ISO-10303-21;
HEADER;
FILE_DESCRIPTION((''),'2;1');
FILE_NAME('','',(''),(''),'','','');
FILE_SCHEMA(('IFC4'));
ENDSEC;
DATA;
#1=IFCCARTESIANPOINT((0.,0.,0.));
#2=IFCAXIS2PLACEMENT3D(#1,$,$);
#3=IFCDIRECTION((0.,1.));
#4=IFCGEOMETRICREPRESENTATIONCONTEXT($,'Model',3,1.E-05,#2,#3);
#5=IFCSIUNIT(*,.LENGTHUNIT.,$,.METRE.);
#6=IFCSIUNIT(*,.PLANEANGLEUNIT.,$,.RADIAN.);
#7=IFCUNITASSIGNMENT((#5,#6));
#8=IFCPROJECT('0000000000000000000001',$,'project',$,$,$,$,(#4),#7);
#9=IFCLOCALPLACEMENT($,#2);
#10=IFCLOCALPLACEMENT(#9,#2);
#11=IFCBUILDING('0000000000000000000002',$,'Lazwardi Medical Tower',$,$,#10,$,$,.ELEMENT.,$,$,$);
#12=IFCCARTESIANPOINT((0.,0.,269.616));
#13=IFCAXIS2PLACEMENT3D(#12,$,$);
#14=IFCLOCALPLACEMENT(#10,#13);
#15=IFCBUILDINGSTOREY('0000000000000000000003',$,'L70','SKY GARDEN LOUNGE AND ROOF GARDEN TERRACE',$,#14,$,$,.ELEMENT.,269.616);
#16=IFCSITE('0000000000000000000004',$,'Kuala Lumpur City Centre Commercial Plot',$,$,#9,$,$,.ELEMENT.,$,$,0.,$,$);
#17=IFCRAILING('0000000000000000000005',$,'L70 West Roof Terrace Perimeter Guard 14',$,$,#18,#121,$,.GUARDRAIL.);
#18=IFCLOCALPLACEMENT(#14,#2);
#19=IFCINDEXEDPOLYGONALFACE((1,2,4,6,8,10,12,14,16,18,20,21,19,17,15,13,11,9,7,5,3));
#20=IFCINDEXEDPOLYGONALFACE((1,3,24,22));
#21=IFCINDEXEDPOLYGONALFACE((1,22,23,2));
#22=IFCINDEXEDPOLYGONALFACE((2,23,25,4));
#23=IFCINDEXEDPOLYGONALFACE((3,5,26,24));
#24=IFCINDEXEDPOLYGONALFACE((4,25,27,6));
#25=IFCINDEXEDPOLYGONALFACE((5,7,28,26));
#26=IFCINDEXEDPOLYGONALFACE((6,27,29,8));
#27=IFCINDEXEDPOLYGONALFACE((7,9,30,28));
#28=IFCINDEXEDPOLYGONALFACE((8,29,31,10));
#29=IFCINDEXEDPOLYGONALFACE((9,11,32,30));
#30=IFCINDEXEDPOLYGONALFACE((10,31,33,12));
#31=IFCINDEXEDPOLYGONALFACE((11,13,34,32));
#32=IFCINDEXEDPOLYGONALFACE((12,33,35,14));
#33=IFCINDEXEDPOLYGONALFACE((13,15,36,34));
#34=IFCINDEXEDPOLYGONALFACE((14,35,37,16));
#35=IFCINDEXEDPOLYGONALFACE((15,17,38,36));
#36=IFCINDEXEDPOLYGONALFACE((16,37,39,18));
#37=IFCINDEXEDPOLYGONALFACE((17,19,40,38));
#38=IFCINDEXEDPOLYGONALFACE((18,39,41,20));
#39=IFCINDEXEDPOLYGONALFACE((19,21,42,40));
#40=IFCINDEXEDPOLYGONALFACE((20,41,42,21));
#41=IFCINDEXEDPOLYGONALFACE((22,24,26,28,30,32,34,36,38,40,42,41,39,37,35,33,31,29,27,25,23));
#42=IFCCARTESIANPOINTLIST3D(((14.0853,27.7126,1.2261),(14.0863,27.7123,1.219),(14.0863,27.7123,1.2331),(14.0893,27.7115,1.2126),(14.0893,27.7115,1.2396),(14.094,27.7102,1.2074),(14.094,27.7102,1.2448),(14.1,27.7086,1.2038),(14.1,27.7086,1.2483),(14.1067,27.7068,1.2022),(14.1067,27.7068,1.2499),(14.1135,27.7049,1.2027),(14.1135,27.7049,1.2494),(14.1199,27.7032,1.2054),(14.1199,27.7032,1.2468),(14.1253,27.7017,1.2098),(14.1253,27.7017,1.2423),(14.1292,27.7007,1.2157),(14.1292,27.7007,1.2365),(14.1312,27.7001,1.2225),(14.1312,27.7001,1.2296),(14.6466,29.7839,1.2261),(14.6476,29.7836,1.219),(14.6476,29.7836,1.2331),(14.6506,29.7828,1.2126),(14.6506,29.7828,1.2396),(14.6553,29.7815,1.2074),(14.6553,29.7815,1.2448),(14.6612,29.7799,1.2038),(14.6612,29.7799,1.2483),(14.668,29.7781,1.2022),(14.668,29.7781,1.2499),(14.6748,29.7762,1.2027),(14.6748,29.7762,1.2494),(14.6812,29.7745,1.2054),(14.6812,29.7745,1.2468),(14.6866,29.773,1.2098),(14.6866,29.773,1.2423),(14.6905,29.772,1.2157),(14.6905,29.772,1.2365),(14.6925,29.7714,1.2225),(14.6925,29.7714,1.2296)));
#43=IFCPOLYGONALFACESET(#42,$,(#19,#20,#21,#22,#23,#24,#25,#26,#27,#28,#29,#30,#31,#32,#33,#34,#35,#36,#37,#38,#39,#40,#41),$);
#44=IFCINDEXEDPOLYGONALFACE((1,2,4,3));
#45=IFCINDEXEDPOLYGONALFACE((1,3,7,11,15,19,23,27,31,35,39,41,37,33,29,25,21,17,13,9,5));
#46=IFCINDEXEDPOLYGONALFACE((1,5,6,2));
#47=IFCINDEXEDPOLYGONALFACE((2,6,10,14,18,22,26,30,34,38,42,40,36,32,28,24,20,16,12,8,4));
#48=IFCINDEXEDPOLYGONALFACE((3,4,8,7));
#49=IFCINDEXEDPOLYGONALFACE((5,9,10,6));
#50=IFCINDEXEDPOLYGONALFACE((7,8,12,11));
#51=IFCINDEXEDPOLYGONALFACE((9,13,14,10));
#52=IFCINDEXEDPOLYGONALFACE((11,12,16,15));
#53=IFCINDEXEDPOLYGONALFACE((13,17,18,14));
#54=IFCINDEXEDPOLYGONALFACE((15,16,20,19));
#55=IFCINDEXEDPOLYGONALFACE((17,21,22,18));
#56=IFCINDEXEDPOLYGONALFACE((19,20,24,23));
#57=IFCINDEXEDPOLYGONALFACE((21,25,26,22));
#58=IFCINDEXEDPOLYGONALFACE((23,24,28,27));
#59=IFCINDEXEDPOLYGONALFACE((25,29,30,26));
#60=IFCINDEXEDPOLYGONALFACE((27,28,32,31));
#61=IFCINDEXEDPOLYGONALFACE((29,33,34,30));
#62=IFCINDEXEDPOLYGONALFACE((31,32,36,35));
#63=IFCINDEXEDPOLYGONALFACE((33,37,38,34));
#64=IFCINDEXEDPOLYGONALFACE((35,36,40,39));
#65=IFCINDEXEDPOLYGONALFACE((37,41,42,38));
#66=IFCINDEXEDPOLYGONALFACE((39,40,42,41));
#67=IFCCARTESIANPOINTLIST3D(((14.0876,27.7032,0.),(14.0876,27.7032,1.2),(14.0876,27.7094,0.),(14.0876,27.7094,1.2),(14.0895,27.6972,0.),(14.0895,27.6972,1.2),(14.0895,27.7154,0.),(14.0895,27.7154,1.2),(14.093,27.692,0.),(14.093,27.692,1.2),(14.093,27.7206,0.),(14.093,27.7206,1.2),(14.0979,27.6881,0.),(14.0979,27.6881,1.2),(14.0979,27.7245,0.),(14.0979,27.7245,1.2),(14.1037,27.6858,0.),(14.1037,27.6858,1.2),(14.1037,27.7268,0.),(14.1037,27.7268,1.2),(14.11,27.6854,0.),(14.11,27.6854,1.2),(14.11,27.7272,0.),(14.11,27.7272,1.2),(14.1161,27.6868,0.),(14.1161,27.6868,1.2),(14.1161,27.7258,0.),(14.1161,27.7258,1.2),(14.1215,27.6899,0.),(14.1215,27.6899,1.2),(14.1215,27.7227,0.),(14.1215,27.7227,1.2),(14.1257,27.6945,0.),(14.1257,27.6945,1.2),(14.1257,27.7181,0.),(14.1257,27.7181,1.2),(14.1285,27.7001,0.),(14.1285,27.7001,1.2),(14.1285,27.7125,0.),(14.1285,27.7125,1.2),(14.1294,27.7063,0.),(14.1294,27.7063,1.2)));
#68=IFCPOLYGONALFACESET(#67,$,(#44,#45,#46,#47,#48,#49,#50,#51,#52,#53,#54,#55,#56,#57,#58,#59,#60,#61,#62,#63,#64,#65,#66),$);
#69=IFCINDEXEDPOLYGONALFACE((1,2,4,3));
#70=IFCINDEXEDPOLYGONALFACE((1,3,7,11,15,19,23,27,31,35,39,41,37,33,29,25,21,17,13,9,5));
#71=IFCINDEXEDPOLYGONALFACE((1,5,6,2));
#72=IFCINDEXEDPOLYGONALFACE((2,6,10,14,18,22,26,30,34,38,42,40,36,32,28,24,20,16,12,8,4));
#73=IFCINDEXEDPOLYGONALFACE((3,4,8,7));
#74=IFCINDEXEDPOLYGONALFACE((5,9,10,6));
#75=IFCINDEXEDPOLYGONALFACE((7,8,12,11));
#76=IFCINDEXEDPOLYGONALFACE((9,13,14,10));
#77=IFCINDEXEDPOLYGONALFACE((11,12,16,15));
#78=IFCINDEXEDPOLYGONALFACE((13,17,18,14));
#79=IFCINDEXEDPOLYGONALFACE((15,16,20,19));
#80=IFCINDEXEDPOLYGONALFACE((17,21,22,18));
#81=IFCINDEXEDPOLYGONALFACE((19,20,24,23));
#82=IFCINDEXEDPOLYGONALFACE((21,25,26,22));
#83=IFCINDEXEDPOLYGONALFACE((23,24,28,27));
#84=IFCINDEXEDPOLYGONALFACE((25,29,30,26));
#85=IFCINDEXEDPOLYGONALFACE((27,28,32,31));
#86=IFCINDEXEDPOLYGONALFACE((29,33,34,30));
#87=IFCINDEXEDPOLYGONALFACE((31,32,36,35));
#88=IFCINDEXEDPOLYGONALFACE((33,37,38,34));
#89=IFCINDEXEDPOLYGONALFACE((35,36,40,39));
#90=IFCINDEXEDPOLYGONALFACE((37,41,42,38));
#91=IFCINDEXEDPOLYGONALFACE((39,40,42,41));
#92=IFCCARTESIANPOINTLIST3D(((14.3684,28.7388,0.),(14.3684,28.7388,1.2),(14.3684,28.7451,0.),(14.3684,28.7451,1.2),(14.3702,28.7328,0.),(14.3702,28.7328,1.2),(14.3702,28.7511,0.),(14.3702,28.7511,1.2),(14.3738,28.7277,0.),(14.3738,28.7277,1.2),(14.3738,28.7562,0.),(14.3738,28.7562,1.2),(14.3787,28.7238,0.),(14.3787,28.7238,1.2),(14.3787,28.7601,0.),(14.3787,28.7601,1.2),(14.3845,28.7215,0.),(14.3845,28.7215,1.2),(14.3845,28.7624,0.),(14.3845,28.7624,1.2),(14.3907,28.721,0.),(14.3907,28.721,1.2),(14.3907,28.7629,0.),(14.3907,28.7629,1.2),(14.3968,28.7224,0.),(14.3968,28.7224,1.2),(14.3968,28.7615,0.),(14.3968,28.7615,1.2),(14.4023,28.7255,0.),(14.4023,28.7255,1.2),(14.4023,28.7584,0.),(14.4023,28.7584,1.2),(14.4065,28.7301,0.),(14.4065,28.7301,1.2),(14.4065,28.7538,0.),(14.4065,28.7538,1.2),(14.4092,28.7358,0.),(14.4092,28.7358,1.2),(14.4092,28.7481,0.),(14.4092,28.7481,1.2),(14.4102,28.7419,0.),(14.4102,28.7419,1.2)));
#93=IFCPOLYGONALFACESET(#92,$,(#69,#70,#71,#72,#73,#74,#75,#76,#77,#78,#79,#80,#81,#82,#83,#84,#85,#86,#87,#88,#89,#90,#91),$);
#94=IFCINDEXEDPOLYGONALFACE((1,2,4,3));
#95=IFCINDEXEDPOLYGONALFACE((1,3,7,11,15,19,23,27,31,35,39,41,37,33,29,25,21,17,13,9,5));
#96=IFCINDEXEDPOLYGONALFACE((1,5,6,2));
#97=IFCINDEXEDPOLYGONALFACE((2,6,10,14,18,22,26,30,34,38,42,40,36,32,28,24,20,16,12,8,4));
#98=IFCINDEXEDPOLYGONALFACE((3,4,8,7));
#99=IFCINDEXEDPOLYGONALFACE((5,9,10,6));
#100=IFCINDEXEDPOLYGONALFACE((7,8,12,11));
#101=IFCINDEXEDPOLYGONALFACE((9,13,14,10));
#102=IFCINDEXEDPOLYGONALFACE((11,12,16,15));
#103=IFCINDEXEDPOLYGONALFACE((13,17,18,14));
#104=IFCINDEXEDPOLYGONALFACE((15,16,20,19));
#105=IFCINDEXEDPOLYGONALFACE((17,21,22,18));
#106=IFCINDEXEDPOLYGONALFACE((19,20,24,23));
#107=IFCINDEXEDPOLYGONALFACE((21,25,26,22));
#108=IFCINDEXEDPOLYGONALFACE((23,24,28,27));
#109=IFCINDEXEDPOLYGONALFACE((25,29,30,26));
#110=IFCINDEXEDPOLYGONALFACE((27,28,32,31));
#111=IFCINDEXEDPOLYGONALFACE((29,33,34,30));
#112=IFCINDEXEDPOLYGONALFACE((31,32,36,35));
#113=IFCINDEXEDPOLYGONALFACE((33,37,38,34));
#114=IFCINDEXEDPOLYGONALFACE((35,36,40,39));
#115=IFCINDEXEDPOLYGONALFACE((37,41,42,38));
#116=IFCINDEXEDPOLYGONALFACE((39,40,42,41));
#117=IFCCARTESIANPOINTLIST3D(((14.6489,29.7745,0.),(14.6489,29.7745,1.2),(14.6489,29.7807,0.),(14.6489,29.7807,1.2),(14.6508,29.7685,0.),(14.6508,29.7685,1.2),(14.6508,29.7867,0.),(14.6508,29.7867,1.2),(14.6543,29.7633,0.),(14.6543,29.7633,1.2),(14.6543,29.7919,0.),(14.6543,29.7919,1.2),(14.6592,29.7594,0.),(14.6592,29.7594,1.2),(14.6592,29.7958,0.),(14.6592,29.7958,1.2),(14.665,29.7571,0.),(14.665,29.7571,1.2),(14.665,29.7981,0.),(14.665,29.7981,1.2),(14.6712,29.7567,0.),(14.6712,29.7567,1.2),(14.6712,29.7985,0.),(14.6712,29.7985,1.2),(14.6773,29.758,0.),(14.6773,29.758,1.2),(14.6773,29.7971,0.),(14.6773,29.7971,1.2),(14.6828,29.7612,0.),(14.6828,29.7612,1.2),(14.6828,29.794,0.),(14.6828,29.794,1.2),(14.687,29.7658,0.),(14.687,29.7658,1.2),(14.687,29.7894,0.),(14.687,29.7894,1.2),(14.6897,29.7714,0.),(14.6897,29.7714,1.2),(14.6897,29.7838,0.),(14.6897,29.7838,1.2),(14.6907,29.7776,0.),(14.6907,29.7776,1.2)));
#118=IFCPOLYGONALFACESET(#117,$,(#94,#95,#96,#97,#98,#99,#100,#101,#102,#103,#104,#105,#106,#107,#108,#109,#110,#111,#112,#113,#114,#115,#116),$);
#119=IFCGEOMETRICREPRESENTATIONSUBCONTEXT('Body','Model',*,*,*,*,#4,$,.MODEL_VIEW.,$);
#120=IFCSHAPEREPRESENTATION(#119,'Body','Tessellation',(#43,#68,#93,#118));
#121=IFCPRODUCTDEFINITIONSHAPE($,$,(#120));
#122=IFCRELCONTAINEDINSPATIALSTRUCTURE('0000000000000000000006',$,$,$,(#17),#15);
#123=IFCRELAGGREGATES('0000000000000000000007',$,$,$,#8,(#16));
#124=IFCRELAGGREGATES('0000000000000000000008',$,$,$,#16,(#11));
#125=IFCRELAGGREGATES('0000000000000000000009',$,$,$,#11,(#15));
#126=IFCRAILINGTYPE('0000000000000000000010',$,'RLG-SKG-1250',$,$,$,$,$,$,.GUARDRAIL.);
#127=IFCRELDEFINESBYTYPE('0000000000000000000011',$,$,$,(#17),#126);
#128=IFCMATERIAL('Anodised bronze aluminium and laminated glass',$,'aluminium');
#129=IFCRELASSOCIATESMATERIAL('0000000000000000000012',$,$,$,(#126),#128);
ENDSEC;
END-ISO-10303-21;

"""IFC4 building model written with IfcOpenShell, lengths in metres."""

from ifc_helpers import new_model, si_unit, direction, frame, origin, origin_2d, place, context, subcontext, project, spatial, circle, extrude, material, type_object, element, save


model = new_model("IFC4")

# Units and contexts
model_context = context("Model", 3, precision=1e-05, world=origin(), true_north=direction((0.0, 1.0)))
body_context = subcontext(model_context, "Body", "Model", "MODEL_VIEW")
ifc_project = project(units=[si_unit("LENGTHUNIT", "METRE"), si_unit("PLANEANGLEUNIT", "RADIAN")], contexts=[model_context])

# Site, building, storey
site_placement = place(None, origin())
site = spatial("IfcSite", under=ifc_project, at=site_placement, Name="Kuala Lumpur City Centre Commercial Plot", CompositionType="ELEMENT", RefElevation=0.0)
building_placement = place(site_placement, origin())
building = spatial("IfcBuilding", under=site, at=building_placement, Name="Lazwardi Medical Tower", CompositionType="ELEMENT")
storey_placement = place(building_placement, frame((0.0, 0.0, 269.616)))
storey = spatial("IfcBuildingStorey", under=building, at=storey_placement, Name="L70", Description="SKY GARDEN LOUNGE AND ROOF GARDEN TERRACE", CompositionType="ELEMENT", Elevation=269.616)

# Shared definitions
ifc_material_1 = material(Name="Anodised bronze aluminium and laminated glass", Category="aluminium")

# Railing
railing_type = type_object("IfcRailingType", Name="RLG-SKG-1250", PredefinedType="GUARDRAIL", material=ifc_material_1)
railing_1_placement = place(storey_placement, frame((14.1084, 27.7063, 0.0)))
element("IfcRailing", 1, at=railing_1_placement, inside=storey, type_object=railing_type, Name="L70 West Roof Terrace Perimeter Guard 14", PredefinedType="GUARDRAIL", context=body_context, shape_type="SweptSolid", body=[
    extrude(circle(Radius=0.0239, at=origin_2d()), frame((0.0, 0.0, 1.2261), z_axis=(0.261548, 0.96519, 0.0), x_axis=(-0.96519, 0.261548, 0.0)), (0.0, 0.0, 1.0), 2.146),
    extrude(circle(Radius=0.021, at=origin_2d()), origin(), (0.0, 0.0, 1.0), 1.2),
    extrude(circle(Radius=0.021, at=origin_2d()), frame((0.2808, 1.0356, 0.0)), (0.0, 0.0, 1.0), 1.2),
    extrude(circle(Radius=0.021, at=origin_2d()), frame((0.5613, 2.0713, 0.0)), (0.0, 0.0, 1.0), 1.2),
])

save(model, "model.ifc")
